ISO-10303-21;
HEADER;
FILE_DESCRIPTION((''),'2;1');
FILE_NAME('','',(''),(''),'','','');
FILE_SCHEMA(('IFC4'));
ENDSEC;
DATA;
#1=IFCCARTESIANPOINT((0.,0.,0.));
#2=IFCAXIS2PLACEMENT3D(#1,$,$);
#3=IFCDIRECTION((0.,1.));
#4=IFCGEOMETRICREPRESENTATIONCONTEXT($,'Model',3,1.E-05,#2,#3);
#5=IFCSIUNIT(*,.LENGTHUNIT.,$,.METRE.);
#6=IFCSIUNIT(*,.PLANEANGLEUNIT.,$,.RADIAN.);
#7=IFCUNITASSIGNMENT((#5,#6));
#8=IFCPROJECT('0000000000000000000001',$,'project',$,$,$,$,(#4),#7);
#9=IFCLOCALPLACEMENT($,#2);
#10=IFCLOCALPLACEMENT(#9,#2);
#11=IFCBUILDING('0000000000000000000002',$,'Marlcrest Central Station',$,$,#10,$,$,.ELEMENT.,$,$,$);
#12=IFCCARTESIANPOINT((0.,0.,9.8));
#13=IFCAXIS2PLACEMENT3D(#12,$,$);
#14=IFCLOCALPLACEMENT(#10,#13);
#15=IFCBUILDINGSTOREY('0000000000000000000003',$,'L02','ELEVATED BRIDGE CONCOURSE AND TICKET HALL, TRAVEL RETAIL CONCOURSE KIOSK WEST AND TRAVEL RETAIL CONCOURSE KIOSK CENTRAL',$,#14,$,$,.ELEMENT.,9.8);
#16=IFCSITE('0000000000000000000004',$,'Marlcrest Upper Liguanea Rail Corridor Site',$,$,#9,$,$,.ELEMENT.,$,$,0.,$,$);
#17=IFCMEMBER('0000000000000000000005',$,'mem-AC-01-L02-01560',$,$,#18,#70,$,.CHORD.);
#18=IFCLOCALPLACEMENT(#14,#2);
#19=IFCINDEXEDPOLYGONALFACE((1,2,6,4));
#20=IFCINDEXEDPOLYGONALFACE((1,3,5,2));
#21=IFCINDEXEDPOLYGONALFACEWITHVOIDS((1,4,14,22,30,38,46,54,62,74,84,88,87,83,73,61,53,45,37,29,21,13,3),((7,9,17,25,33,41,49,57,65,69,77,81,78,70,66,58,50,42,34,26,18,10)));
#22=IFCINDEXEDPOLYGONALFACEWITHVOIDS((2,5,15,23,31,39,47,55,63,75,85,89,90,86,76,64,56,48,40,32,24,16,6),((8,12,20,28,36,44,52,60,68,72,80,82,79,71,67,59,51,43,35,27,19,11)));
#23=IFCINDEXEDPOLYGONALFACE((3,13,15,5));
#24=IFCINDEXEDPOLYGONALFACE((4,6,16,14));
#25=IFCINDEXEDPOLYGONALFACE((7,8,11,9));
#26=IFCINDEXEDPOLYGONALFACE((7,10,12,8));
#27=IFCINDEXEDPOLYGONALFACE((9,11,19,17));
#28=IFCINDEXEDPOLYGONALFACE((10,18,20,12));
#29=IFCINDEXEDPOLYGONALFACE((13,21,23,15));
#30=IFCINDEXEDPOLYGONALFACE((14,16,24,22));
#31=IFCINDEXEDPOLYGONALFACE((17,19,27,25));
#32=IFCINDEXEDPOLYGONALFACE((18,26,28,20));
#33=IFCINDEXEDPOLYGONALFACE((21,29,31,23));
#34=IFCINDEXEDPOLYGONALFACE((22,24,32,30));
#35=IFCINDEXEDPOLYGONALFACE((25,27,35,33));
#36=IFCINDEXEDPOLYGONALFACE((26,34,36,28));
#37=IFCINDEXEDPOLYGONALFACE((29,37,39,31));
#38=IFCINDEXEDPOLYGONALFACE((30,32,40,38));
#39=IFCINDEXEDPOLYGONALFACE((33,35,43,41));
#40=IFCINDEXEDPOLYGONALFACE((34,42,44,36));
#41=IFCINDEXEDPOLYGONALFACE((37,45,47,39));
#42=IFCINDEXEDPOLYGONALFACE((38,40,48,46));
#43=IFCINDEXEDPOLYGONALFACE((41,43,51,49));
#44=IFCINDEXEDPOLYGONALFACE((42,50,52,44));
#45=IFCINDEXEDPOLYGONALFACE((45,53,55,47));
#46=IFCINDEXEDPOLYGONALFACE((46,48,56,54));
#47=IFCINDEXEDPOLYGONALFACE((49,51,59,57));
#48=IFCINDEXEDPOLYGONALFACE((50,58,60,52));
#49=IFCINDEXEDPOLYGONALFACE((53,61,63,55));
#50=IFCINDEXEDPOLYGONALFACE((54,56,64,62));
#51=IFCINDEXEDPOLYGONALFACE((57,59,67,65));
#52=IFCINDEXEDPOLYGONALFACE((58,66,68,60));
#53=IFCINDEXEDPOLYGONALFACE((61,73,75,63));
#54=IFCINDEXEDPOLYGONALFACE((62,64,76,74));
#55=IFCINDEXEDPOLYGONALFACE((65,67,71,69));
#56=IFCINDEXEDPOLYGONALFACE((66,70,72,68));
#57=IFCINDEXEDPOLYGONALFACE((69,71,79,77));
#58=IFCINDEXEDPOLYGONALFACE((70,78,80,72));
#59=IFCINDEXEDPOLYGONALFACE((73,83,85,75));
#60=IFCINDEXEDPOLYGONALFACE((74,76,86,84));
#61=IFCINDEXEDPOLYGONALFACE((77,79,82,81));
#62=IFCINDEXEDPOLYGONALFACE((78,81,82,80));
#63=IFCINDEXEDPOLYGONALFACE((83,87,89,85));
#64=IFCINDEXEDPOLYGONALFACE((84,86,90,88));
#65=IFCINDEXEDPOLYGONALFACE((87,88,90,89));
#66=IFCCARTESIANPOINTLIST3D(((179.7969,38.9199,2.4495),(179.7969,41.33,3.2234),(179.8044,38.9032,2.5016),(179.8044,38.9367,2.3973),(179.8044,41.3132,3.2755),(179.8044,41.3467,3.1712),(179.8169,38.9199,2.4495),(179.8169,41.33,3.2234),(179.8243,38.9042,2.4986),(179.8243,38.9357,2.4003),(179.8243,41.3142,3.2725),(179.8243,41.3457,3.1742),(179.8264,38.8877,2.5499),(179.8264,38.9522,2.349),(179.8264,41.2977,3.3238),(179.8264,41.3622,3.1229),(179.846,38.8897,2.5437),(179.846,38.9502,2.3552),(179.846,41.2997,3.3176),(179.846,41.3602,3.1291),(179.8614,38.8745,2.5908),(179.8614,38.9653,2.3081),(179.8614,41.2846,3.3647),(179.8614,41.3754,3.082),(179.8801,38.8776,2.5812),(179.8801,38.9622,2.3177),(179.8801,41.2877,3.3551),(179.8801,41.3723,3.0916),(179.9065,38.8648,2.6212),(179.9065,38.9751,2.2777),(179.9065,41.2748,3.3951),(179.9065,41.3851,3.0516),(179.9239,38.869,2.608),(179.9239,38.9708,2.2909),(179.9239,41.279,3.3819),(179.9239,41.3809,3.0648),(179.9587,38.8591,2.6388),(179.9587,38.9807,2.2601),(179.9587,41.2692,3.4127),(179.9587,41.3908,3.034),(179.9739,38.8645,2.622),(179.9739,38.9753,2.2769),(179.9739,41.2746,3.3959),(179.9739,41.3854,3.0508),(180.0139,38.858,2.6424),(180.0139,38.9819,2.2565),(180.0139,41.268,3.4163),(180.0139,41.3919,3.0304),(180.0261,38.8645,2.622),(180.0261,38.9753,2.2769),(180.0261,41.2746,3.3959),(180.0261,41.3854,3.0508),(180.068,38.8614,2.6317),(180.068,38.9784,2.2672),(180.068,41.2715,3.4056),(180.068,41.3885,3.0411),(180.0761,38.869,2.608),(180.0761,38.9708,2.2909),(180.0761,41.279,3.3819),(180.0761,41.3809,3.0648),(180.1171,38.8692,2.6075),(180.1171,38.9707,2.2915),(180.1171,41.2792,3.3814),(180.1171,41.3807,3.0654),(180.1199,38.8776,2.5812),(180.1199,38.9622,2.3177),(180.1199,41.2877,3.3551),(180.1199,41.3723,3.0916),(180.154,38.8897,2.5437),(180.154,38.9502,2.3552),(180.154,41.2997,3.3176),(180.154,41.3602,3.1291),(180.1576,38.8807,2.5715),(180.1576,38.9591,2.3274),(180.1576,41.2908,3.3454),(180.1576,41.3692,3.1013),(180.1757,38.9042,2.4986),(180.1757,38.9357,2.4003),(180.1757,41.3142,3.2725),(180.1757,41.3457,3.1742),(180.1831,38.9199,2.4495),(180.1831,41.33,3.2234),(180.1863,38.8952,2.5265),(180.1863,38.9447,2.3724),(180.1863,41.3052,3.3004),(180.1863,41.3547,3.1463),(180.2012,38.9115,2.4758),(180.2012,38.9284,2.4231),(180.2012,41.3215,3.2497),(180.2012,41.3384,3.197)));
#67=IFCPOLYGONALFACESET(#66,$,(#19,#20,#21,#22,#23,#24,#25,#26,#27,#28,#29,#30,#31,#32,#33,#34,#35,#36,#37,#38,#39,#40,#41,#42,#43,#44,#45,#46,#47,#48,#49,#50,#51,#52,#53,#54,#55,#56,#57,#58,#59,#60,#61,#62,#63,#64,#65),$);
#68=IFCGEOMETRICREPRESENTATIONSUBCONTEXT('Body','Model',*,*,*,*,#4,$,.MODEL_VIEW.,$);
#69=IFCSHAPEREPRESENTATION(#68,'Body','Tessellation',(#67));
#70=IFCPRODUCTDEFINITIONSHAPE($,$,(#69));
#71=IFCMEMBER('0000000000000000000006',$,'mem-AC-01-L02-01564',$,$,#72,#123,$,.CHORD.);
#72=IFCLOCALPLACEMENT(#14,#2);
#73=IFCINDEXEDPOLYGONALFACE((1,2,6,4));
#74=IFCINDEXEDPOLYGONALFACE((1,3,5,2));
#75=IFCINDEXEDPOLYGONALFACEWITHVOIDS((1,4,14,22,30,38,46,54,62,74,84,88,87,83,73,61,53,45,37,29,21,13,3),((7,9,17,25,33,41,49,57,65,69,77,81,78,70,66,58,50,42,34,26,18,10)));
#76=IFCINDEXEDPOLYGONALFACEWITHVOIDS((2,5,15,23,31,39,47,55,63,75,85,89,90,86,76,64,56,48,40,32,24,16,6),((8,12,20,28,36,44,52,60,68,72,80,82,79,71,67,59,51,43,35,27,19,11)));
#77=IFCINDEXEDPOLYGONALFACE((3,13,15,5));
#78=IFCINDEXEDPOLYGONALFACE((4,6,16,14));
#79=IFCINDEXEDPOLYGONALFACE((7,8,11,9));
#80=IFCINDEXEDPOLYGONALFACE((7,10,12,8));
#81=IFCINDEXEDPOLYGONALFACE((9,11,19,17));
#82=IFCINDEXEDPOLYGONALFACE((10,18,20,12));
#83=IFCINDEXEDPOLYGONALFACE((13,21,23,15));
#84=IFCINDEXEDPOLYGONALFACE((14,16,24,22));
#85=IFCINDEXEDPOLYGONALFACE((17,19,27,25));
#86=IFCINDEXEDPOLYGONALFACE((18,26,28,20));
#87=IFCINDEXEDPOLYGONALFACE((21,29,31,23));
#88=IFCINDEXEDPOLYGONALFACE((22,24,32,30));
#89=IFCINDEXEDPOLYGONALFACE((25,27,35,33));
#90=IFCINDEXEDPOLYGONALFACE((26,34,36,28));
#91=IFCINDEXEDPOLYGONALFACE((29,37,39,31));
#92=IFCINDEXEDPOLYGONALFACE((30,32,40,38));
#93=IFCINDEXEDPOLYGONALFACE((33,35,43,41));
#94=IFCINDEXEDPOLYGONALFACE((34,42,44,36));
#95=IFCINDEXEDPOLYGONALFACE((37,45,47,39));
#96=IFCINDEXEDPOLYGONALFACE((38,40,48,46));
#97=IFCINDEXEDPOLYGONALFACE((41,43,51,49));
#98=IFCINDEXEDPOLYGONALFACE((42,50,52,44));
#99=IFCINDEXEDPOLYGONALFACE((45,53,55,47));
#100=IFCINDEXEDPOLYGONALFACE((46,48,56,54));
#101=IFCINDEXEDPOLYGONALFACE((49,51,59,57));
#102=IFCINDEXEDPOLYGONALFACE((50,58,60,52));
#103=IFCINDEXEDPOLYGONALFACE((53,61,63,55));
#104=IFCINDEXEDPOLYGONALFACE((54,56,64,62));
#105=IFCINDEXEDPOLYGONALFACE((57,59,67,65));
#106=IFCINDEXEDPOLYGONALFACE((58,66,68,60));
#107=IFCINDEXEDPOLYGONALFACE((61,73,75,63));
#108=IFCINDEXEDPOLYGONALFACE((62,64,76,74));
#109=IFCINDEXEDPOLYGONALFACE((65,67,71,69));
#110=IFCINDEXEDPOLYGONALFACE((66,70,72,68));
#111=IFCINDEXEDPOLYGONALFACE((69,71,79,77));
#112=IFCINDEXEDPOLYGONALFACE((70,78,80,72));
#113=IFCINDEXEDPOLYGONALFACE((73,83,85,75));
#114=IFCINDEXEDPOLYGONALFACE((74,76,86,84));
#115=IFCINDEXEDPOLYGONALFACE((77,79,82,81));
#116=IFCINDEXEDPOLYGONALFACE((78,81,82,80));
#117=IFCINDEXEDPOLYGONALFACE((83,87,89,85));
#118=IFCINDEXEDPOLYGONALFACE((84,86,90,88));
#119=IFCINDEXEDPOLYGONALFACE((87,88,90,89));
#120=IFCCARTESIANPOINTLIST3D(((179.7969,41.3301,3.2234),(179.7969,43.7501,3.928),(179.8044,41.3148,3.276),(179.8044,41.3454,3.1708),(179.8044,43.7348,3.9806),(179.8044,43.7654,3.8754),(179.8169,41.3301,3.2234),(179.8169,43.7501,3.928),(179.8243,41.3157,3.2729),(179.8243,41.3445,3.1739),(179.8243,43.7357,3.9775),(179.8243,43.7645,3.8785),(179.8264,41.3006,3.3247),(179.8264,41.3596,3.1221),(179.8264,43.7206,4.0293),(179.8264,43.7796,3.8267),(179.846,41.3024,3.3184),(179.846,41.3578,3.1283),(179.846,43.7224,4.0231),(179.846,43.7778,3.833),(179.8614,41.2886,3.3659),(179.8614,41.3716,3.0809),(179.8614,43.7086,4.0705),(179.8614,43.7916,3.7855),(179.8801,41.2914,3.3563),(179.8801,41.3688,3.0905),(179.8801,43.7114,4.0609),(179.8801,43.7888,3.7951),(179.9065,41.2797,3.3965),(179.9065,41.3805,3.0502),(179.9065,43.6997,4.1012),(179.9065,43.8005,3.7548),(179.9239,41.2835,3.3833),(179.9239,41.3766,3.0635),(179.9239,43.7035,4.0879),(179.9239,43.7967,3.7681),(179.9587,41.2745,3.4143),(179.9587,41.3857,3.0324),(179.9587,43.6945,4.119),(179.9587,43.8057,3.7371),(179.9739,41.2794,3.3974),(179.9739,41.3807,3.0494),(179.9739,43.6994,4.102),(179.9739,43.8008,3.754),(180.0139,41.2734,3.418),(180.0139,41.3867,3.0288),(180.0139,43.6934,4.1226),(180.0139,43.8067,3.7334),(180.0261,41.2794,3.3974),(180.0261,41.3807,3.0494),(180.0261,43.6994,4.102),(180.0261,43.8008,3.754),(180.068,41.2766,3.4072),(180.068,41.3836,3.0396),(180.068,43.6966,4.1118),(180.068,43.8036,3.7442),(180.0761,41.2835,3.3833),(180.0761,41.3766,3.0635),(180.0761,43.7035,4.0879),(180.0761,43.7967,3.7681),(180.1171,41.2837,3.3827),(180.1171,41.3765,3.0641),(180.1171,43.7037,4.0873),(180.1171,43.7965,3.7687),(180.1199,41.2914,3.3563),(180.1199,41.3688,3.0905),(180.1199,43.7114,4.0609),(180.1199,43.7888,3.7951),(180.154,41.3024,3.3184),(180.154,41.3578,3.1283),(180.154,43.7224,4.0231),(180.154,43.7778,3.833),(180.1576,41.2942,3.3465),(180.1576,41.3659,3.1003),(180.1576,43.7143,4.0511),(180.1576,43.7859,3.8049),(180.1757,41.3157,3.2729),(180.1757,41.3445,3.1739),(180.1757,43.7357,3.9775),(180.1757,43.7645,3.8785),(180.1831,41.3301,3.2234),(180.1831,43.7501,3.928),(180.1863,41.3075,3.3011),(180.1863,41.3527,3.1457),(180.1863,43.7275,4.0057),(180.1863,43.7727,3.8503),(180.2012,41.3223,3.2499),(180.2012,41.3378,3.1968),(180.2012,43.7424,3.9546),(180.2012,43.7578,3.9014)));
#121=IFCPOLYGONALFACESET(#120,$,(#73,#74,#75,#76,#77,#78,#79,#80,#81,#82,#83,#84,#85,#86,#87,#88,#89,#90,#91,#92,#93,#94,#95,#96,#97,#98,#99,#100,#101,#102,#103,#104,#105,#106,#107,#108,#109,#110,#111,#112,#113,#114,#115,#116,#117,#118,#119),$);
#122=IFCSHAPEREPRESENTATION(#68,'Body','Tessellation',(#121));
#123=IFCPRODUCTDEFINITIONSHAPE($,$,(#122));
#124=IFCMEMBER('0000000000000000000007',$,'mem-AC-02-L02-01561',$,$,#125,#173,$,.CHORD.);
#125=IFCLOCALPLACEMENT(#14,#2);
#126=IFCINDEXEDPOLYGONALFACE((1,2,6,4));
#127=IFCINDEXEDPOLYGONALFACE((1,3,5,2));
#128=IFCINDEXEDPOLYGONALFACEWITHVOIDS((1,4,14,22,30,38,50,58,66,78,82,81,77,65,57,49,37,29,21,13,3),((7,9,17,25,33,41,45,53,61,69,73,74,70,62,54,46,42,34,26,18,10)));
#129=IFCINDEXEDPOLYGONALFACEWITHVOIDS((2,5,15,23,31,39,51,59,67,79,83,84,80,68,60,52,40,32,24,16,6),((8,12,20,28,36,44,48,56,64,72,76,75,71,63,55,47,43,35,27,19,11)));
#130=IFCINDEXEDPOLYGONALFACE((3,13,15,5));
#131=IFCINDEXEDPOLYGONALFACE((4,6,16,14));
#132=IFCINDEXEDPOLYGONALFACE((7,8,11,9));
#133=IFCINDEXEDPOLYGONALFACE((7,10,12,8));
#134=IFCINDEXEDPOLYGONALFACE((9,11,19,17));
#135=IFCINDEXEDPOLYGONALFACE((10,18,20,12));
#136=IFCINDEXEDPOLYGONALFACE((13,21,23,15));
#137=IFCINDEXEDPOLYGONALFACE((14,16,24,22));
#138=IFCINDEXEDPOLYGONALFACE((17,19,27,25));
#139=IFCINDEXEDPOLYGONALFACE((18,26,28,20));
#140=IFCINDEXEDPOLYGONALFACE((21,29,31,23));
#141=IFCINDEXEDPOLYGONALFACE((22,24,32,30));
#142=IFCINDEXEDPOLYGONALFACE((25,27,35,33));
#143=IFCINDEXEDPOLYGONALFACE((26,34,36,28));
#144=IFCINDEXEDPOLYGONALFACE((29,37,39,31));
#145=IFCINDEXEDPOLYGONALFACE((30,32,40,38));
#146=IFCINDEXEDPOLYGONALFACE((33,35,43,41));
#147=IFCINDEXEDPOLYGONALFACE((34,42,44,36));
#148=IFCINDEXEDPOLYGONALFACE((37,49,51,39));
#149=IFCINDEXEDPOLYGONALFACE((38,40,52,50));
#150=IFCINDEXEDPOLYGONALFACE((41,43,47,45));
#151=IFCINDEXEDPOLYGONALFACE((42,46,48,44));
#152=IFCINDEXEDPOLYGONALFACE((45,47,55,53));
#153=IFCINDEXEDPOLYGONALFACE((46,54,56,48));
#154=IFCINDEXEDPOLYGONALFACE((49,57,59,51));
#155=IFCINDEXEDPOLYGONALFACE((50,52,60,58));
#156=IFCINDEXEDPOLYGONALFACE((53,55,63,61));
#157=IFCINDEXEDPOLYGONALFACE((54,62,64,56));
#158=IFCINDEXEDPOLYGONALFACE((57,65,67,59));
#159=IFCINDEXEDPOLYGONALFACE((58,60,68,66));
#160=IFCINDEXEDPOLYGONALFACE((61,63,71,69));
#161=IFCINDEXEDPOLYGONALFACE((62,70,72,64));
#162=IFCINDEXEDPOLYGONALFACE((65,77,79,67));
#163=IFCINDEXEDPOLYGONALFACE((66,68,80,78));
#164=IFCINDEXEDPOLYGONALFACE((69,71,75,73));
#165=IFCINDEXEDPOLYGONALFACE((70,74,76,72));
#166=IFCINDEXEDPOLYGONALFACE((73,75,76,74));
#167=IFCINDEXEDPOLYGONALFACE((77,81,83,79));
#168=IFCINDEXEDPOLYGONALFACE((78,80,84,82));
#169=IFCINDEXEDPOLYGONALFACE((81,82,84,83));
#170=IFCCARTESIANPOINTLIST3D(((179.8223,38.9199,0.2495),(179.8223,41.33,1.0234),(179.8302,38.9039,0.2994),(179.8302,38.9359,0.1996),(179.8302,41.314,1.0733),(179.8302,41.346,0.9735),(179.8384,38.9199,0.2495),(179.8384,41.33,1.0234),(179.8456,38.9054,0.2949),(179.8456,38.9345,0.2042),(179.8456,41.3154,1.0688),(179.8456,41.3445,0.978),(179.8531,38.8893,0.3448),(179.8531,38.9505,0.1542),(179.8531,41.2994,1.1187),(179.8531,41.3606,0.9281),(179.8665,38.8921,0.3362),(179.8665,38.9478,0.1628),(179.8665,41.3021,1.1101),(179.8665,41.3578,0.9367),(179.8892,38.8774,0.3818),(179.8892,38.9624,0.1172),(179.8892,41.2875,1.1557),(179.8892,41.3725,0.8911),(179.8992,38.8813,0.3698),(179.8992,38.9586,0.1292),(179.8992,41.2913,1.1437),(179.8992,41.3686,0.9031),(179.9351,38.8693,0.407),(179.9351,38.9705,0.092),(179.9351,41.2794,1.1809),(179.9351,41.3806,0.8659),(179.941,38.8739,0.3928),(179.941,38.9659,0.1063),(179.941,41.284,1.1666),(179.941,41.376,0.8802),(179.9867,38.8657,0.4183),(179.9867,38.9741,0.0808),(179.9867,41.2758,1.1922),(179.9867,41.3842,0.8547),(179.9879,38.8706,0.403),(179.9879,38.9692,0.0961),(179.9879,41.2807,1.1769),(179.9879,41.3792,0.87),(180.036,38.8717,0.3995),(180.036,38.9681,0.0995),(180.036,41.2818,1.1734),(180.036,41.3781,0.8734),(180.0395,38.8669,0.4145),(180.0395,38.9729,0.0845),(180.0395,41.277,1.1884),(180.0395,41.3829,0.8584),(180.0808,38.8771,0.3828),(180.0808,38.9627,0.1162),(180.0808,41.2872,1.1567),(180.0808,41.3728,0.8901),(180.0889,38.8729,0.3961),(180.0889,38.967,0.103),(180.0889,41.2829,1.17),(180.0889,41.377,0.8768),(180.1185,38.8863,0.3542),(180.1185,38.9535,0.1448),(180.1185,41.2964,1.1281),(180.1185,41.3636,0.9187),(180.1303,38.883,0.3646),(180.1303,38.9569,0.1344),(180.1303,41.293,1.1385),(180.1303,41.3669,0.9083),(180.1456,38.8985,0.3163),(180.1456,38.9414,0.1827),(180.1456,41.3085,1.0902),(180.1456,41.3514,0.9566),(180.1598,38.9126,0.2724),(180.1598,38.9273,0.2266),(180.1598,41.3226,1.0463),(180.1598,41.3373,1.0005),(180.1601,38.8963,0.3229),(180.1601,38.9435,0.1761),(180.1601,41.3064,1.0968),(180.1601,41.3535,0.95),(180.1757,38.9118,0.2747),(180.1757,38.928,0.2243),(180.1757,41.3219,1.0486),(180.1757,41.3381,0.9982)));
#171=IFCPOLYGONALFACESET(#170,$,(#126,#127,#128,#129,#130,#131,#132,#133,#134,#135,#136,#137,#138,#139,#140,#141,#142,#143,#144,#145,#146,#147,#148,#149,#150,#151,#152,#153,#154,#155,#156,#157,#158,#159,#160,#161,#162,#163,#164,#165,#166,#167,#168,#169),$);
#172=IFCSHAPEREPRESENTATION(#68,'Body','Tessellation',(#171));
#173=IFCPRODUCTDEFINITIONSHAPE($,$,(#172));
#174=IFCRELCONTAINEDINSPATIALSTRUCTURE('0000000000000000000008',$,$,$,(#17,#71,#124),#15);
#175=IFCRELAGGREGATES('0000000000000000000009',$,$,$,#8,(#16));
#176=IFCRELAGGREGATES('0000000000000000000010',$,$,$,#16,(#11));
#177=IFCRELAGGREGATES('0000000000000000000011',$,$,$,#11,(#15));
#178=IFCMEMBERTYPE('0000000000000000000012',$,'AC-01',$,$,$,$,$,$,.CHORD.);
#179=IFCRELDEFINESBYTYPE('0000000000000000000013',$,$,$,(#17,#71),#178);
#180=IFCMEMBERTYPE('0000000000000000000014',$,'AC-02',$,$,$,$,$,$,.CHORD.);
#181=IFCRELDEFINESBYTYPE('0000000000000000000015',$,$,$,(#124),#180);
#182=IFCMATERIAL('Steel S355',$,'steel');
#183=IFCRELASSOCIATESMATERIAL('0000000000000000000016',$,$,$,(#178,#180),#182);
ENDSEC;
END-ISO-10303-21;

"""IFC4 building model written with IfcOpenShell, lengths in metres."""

from ifc_helpers import new_model, si_unit, direction, frame, origin, origin_2d, place, context, subcontext, project, spatial, hollow_circle, extrude, material, material_profile, profile_set, type_object, element, save


model = new_model("IFC4")

# Units and contexts
model_context = context("Model", 3, precision=1e-05, world=origin(), true_north=direction((0.0, 1.0)))
body_context = subcontext(model_context, "Body", "Model", "MODEL_VIEW")
ifc_project = project(units=[si_unit("LENGTHUNIT", "METRE"), si_unit("PLANEANGLEUNIT", "RADIAN")], contexts=[model_context])

# Site, building, storey
site_placement = place(None, origin())
site = spatial("IfcSite", under=ifc_project, at=site_placement, Name="Marlcrest Upper Liguanea Rail Corridor Site", CompositionType="ELEMENT", RefElevation=0.0)
building_placement = place(site_placement, origin())
building = spatial("IfcBuilding", under=site, at=building_placement, Name="Marlcrest Central Station", CompositionType="ELEMENT")
storey_placement = place(building_placement, frame((0.0, 0.0, 9.8)))
storey = spatial("IfcBuildingStorey", under=building, at=storey_placement, Name="L02", Description="ELEVATED BRIDGE CONCOURSE AND TICKET HALL, TRAVEL RETAIL CONCOURSE KIOSK WEST AND TRAVEL RETAIL CONCOURSE KIOSK CENTRAL", CompositionType="ELEMENT", Elevation=9.8)

# Members
ifc_material_1 = material(Name="Steel S355", Category="steel")
ifc_material_profile_1 = material_profile(ifc_material_1, hollow_circle(Radius=0.2031, WallThickness=0.02, at=origin_2d()), Name="CHS 406.4x20")
ifc_profile_set_1 = profile_set([ifc_material_profile_1], Name="Steel S355")
member_type_1 = type_object("IfcMemberType", Name="AC-01", PredefinedType="CHORD", material=ifc_profile_set_1)
member_1_placement = place(storey_placement, frame((180.0, 38.9199, 2.4495), z_axis=(0.0, 0.952117, 0.305734), x_axis=(-1.0, 0.0, 0.0)))
element("IfcMember", 1, at=member_1_placement, inside=storey, type_object=member_type_1, Name="mem-AC-01-L02-01560", PredefinedType="CHORD", context=body_context, shape_type="SweptSolid", body=[
    extrude(hollow_circle(Radius=0.2031, WallThickness=0.02, at=origin_2d()), origin(), (0.0, 0.0, 1.0), 2.5312),
])
member_2_placement = place(storey_placement, frame((180.0, 41.3301, 3.2234), z_axis=(0.0, 0.96013, 0.279554), x_axis=(-1.0, 0.0, 0.0)))
element("IfcMember", 2, at=member_2_placement, inside=storey, type_object=member_type_1, Name="mem-AC-01-L02-01564", PredefinedType="CHORD", context=body_context, shape_type="SweptSolid", body=[
    extrude(hollow_circle(Radius=0.2031, WallThickness=0.02, at=origin_2d()), origin(), (0.0, 0.0, 1.0), 2.5205),
])
ifc_material_profile_2 = material_profile(ifc_material_1, hollow_circle(Radius=0.1777, WallThickness=0.0161, at=origin_2d()), Name="CHS 355.6x16")
ifc_profile_set_2 = profile_set([ifc_material_profile_2], Name="Steel S355")
member_type_2 = type_object("IfcMemberType", Name="AC-02", PredefinedType="CHORD", material=ifc_profile_set_2)
member_3_placement = place(storey_placement, frame((180.0, 38.9199, 0.2495), z_axis=(0.0, 0.952117, 0.305734), x_axis=(-1.0, 0.0, 0.0)))
element("IfcMember", 3, at=member_3_placement, inside=storey, type_object=member_type_2, Name="mem-AC-02-L02-01561", PredefinedType="CHORD", context=body_context, shape_type="SweptSolid", body=[
    extrude(hollow_circle(Radius=0.1777, WallThickness=0.0161, at=origin_2d()), origin(), (0.0, 0.0, 1.0), 2.5312),
])

save(model, "model.ifc")
